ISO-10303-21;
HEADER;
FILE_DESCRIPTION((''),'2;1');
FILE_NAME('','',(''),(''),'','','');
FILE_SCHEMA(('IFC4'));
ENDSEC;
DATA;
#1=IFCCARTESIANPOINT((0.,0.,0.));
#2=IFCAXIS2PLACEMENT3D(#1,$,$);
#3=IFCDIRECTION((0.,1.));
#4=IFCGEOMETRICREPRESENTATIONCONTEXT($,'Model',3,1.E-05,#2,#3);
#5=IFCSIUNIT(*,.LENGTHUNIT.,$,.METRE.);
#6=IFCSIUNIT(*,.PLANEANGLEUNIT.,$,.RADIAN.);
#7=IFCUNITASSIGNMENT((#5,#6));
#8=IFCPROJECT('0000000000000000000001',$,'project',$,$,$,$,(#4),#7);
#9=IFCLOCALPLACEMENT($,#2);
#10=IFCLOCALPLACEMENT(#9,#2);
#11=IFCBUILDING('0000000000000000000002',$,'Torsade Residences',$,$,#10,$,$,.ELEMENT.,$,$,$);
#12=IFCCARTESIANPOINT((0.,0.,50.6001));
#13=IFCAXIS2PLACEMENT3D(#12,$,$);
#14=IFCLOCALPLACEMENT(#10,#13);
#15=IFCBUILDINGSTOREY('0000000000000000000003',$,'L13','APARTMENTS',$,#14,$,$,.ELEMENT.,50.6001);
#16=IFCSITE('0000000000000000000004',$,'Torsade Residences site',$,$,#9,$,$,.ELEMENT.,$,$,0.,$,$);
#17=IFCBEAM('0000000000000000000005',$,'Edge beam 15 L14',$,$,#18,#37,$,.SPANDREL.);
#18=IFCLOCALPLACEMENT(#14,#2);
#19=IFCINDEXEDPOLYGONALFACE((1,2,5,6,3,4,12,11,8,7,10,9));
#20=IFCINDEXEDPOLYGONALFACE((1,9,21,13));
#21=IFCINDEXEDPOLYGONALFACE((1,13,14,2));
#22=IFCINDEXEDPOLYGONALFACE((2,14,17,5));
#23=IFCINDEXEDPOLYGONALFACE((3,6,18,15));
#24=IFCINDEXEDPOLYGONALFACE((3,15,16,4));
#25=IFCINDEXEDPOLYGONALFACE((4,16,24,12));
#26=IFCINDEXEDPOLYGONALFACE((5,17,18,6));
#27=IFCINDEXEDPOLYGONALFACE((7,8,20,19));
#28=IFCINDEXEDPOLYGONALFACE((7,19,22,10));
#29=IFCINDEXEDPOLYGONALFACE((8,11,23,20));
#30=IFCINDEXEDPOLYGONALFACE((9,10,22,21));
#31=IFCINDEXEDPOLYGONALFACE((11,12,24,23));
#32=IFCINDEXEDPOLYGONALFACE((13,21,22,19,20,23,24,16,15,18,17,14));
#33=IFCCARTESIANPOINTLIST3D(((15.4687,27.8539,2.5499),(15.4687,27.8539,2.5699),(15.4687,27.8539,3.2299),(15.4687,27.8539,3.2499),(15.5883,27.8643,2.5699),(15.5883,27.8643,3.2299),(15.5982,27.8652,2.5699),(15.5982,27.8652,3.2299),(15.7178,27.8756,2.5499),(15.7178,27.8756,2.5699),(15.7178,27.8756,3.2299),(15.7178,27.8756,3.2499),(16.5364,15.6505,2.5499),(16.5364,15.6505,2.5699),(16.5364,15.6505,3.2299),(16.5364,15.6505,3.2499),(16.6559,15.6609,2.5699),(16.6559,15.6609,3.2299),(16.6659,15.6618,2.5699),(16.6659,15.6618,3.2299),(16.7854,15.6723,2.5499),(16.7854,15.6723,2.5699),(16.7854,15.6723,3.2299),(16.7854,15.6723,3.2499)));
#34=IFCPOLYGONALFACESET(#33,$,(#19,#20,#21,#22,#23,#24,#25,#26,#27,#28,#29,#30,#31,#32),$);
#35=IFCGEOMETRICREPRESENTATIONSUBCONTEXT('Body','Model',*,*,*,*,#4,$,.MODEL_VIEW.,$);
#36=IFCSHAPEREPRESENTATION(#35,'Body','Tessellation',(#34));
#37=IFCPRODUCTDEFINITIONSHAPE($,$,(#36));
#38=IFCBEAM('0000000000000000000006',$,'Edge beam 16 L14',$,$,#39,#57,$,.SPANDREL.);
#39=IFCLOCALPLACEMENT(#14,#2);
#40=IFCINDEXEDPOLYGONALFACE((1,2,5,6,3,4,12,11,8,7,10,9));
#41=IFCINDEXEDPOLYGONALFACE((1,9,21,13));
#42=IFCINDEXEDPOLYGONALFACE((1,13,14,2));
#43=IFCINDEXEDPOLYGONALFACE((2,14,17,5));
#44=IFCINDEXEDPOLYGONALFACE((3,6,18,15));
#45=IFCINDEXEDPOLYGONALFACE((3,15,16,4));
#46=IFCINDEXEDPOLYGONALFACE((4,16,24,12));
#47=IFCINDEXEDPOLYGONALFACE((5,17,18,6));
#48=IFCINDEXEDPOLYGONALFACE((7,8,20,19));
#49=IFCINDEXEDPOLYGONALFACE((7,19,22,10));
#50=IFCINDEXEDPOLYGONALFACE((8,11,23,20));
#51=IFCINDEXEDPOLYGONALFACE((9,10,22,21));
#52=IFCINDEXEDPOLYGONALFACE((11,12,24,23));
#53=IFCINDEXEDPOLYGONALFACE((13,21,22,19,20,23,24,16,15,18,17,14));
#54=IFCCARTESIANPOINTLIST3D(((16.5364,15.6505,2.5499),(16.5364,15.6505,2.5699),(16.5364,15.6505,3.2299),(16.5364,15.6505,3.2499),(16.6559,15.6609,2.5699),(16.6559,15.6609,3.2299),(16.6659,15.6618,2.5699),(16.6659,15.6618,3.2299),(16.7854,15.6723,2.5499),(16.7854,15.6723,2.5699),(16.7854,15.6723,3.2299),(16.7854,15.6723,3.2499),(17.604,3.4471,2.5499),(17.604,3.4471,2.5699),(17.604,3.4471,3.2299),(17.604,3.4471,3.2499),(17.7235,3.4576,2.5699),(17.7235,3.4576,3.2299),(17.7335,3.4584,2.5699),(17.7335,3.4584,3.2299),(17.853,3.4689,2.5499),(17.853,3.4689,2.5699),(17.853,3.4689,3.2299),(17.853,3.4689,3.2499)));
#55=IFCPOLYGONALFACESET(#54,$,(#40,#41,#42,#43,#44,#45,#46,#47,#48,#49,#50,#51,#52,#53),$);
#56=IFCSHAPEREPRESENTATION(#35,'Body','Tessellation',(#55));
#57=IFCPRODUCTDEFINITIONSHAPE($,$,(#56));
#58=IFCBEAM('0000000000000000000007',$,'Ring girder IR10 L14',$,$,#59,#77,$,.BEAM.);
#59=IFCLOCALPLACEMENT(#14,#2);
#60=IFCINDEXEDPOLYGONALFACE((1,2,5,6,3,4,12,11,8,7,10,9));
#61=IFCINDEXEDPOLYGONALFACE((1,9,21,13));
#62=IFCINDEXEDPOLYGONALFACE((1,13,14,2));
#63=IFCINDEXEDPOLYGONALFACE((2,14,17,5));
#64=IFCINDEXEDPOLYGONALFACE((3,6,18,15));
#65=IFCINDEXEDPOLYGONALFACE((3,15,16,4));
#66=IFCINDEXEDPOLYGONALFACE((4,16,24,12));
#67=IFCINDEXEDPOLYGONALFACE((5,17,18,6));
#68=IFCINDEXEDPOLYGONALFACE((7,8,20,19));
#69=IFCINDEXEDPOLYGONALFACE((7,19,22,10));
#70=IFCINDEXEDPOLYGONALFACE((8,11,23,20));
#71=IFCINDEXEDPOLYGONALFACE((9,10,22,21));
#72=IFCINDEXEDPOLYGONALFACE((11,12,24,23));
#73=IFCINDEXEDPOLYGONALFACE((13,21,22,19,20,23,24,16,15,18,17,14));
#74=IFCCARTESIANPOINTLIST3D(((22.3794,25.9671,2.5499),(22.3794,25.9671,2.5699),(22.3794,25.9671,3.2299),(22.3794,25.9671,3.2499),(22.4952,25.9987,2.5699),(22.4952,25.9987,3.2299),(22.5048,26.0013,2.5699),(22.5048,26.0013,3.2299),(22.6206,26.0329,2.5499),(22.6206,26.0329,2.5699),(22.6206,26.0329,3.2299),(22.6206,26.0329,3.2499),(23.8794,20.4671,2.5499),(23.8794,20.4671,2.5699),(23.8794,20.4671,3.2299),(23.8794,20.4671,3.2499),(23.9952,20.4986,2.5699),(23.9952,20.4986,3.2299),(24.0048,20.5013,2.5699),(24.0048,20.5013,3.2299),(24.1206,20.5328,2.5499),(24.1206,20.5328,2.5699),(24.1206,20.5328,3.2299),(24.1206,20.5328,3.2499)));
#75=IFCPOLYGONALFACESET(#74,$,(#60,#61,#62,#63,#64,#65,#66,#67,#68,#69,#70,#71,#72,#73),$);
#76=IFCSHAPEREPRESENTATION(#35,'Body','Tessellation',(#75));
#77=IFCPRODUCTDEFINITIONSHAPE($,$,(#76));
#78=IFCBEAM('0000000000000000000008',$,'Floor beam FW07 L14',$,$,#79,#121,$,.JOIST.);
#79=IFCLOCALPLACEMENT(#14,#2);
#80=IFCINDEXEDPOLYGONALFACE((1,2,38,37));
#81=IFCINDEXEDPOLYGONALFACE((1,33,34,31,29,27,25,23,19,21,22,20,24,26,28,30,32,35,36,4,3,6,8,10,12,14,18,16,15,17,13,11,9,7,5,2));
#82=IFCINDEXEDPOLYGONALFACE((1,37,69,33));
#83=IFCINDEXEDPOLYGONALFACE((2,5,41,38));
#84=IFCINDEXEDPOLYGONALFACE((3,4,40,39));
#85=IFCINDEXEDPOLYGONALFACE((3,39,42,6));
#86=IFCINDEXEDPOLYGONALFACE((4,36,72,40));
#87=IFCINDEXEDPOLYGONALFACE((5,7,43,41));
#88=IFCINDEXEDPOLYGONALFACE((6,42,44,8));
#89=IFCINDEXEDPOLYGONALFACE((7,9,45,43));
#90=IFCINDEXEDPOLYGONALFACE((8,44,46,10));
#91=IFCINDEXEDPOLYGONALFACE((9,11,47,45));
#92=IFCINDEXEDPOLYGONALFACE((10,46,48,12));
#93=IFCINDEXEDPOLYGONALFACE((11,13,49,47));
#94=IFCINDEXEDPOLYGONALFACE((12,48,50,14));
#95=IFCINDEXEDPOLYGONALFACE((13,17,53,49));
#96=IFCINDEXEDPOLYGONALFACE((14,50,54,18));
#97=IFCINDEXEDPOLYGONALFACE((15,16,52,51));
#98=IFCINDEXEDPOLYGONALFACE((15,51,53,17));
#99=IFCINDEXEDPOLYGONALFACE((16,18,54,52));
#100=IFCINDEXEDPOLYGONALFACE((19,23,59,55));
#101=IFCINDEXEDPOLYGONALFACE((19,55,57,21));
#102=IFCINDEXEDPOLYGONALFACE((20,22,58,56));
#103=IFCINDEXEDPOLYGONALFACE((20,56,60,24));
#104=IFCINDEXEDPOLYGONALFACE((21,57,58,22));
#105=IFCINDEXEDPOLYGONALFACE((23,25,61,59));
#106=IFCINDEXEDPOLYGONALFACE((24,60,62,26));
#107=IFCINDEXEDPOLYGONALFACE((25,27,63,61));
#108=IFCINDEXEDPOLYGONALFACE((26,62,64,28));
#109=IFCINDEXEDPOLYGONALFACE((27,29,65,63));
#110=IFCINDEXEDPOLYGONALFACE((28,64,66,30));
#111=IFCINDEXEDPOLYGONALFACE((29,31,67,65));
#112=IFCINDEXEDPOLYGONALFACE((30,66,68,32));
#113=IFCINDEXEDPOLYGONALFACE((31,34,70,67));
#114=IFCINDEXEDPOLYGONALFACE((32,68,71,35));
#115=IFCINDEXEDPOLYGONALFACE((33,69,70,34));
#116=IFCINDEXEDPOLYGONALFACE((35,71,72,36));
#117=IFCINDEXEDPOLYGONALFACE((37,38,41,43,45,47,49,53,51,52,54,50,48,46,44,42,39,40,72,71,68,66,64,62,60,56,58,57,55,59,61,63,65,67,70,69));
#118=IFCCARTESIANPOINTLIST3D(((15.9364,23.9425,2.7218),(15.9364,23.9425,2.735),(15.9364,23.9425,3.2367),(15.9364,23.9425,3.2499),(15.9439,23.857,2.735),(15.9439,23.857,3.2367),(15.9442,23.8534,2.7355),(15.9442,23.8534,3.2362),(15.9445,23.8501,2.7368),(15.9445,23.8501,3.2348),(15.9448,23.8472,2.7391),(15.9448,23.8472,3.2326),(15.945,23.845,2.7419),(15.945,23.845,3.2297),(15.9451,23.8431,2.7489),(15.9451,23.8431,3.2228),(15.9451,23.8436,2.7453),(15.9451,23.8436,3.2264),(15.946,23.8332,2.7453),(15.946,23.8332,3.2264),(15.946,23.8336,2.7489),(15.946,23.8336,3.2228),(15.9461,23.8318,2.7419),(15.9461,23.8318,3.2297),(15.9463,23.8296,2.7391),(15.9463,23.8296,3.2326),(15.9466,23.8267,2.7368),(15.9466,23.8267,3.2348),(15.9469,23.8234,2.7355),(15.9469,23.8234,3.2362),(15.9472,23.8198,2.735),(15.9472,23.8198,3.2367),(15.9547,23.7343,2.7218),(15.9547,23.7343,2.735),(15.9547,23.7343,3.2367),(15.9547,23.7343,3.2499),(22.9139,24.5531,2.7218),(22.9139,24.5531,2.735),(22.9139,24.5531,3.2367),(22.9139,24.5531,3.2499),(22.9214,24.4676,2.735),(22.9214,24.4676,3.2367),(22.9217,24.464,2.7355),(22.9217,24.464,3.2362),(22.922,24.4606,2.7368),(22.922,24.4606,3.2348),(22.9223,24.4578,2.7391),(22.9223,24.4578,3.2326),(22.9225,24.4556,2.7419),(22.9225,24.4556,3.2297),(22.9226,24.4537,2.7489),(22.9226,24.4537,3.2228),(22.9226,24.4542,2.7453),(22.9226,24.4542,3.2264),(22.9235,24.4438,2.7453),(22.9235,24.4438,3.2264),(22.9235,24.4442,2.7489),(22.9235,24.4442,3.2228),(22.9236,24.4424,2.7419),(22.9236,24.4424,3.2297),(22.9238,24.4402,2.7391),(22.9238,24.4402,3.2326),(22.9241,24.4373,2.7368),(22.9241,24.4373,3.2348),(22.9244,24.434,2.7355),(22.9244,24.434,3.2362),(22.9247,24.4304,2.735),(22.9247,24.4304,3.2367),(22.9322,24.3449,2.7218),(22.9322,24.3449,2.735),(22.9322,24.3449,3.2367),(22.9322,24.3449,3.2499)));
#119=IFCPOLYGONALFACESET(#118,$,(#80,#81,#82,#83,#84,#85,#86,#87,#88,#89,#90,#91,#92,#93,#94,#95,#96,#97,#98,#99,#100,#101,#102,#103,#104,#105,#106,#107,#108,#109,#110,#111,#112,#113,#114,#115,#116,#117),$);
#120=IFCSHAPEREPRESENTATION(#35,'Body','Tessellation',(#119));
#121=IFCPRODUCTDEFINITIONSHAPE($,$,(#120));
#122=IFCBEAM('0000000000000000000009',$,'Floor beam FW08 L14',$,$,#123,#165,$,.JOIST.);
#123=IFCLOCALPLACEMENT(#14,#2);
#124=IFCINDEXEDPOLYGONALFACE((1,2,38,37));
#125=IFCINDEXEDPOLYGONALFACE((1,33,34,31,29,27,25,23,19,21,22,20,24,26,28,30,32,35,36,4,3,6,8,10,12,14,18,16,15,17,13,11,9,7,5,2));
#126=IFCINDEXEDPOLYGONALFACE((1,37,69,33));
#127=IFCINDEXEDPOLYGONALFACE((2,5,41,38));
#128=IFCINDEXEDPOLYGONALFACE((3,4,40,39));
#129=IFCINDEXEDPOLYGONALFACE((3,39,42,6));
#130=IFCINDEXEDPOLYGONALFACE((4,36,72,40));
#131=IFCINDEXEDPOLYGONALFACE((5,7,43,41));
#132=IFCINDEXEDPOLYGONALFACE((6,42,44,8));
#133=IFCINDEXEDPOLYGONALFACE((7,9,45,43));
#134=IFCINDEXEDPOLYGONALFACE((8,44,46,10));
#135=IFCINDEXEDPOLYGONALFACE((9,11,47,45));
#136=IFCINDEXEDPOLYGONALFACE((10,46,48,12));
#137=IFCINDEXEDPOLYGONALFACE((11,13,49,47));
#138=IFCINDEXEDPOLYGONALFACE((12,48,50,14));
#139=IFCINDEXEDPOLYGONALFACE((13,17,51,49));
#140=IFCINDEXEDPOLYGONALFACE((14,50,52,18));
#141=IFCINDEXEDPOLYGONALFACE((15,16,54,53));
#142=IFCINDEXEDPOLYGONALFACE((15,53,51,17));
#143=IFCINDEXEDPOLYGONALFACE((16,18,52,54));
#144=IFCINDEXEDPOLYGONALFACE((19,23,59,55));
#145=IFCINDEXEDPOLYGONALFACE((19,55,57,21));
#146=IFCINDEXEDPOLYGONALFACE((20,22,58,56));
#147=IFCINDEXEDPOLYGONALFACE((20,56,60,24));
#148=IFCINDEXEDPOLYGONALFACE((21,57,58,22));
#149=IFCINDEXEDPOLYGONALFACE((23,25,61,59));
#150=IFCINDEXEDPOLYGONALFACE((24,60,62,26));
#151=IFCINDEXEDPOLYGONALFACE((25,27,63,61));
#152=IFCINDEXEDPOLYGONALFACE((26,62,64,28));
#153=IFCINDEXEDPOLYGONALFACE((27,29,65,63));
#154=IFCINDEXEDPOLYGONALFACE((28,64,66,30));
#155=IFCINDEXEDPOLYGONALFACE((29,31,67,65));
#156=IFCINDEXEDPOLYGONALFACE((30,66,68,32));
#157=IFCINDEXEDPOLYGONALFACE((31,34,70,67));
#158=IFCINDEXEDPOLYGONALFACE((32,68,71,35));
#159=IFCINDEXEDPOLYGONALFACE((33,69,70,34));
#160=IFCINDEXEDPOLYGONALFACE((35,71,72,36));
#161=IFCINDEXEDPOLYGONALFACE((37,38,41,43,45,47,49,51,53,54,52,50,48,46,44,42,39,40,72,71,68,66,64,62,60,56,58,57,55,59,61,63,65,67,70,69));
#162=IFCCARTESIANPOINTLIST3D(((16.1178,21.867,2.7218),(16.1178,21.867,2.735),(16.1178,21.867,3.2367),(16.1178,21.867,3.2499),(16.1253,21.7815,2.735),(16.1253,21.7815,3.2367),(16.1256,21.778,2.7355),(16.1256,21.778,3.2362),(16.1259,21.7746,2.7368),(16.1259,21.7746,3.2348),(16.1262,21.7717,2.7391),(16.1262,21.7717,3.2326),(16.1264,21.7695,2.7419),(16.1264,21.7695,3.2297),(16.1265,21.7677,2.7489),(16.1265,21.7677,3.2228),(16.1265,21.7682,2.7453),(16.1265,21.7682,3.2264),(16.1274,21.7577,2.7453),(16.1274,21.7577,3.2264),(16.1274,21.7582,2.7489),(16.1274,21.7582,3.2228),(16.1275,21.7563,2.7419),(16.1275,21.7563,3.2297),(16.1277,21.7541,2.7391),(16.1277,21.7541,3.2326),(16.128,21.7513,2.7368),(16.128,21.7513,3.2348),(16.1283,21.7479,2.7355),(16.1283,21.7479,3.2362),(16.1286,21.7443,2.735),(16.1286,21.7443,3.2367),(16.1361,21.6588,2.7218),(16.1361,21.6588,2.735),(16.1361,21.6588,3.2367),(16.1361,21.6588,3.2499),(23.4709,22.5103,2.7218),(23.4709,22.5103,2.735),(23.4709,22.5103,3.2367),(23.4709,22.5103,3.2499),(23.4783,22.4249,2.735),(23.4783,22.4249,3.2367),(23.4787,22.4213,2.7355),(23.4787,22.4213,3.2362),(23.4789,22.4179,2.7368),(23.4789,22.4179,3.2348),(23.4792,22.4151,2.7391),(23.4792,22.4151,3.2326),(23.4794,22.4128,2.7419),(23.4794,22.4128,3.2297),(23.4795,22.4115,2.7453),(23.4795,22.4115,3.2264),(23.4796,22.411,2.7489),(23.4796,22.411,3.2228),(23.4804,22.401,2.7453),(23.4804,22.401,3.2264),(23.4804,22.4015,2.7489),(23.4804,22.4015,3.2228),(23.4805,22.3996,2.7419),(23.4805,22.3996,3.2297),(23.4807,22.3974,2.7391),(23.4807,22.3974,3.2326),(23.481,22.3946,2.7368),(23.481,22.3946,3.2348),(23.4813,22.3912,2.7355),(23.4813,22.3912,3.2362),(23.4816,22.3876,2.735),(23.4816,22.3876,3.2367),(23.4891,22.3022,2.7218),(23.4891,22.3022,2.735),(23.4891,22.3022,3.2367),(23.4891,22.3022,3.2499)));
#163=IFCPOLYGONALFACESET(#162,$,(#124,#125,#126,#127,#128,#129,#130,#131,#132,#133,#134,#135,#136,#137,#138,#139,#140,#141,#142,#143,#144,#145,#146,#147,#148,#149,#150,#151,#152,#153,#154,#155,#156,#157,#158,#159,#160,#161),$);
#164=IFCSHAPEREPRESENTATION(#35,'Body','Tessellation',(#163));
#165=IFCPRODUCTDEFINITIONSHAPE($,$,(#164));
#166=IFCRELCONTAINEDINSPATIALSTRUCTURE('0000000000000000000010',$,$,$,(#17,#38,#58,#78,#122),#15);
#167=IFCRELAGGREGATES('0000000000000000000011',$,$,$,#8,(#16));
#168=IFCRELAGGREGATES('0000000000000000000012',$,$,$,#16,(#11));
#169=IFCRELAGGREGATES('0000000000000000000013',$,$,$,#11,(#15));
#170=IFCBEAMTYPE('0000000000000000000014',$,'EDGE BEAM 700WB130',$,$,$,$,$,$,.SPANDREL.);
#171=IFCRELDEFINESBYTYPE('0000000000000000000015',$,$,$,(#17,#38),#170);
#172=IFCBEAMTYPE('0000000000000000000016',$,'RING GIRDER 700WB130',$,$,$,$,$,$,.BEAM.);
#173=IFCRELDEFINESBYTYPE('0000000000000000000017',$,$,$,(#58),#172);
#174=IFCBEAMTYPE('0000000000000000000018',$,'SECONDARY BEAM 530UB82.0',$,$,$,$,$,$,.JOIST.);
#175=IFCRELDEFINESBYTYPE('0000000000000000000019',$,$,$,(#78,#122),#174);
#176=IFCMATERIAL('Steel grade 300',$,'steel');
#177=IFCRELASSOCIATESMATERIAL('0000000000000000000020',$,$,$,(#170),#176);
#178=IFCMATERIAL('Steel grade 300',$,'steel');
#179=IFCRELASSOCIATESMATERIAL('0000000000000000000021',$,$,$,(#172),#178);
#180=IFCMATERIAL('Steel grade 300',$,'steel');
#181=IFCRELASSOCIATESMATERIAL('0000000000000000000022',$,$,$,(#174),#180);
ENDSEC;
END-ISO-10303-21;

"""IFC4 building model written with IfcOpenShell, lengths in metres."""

from ifc_helpers import new_model, si_unit, direction, frame, origin, origin_2d, place, context, subcontext, project, spatial, i_section, extrude, material, material_profile, profile_set, type_object, element, save


model = new_model("IFC4")

# Units and contexts
model_context = context("Model", 3, precision=1e-05, world=origin(), true_north=direction((0.0, 1.0)))
body_context = subcontext(model_context, "Body", "Model", "MODEL_VIEW")
ifc_project = project(units=[si_unit("LENGTHUNIT", "METRE"), si_unit("PLANEANGLEUNIT", "RADIAN")], contexts=[model_context])

# Site, building, storey
site_placement = place(None, origin())
site = spatial("IfcSite", under=ifc_project, at=site_placement, Name="Torsade Residences site", CompositionType="ELEMENT", RefElevation=0.0)
building_placement = place(site_placement, origin())
building = spatial("IfcBuilding", under=site, at=building_placement, Name="Torsade Residences", CompositionType="ELEMENT")
storey_placement = place(building_placement, frame((0.0, 0.0, 50.6001)))
storey = spatial("IfcBuildingStorey", under=building, at=storey_placement, Name="L13", Description="APARTMENTS", CompositionType="ELEMENT", Elevation=50.6001)

# Beams
ifc_material_1 = material(Name="Steel grade 300", Category="steel")
ifc_material_profile_1 = material_profile(ifc_material_1, i_section(OverallWidth=0.25, OverallDepth=0.7, WebThickness=0.01, FlangeThickness=0.02, at=origin_2d()), Name="700WB130")
ifc_profile_set_1 = profile_set([ifc_material_profile_1], Name="Steel grade 300")
beam_type_1 = type_object("IfcBeamType", Name="EDGE BEAM 700WB130", PredefinedType="SPANDREL", material=ifc_profile_set_1)
for number, where, z_axis, x_axis, name in (
    (1, (15.5933, 27.8647, 2.8999), (0.087153, -0.996195, 0.0), (0.996195, 0.087153, 0.0), "Edge beam 15 L14"),
    (2, (16.6609, 15.6614, 2.8999), (0.087153, -0.996195, 0.0), (0.996195, 0.087153, 0.0), "Edge beam 16 L14"),
):
    element("IfcBeam", number, at=place(storey_placement, frame(where, z_axis=z_axis, x_axis=x_axis)), inside=storey, type_object=beam_type_1, Name=name, PredefinedType="SPANDREL", context=body_context, shape_type="SweptSolid", body=[
        extrude(i_section(OverallWidth=0.25, OverallDepth=0.7, WebThickness=0.01, FlangeThickness=0.02, at=origin_2d()), origin(), (0.0, 0.0, 1.0), 12.25),
    ])
ifc_material_2 = material(Name="Steel grade 300", Category="steel")
ifc_material_profile_2 = material_profile(ifc_material_2, i_section(OverallWidth=0.25, OverallDepth=0.7, WebThickness=0.01, FlangeThickness=0.02, at=origin_2d()), Name="700WB130")
ifc_profile_set_2 = profile_set([ifc_material_profile_2], Name="Steel grade 300")
beam_type_2 = type_object("IfcBeamType", Name="RING GIRDER 700WB130", PredefinedType="BEAM", material=ifc_profile_set_2)
beam_1_placement = place(storey_placement, frame((22.5, 26.0, 2.8999), z_axis=(0.263117, -0.964764, 0.0), x_axis=(0.964764, 0.263117, 0.0)))
element("IfcBeam", 3, at=beam_1_placement, inside=storey, type_object=beam_type_2, Name="Ring girder IR10 L14", PredefinedType="BEAM", context=body_context, shape_type="SweptSolid", body=[
    extrude(i_section(OverallWidth=0.25, OverallDepth=0.7, WebThickness=0.01, FlangeThickness=0.02, at=origin_2d()), origin(), (0.0, 0.0, 1.0), 5.7009),
])
ifc_material_3 = material(Name="Steel grade 300", Category="steel")
ifc_material_profile_3 = material_profile(ifc_material_3, i_section(OverallWidth=0.209, OverallDepth=0.5281, WebThickness=0.0095, FlangeThickness=0.0132, FilletRadius=0.0139, at=origin_2d()), Name="530UB82.0")
ifc_profile_set_3 = profile_set([ifc_material_profile_3], Name="Steel grade 300")
beam_type_3 = type_object("IfcBeamType", Name="SECONDARY BEAM 530UB82.0", PredefinedType="JOIST", material=ifc_profile_set_3)
beam_2_placement = place(storey_placement, frame((15.9456, 23.8384, 2.9858), z_axis=(0.996193, 0.087176, 0.0), x_axis=(-0.087176, 0.996193, 0.0)))
element("IfcBeam", 4, at=beam_2_placement, inside=storey, type_object=beam_type_3, Name="Floor beam FW07 L14", PredefinedType="JOIST", context=body_context, shape_type="SweptSolid", body=[
    extrude(i_section(OverallWidth=0.209, OverallDepth=0.5281, WebThickness=0.0095, FlangeThickness=0.0132, FilletRadius=0.0139, at=origin_2d()), origin(), (0.0, 0.0, 1.0), 7.0042),
])
beam_3_placement = place(storey_placement, frame((16.127, 21.7629, 2.9858), z_axis=(0.996195, 0.087156, 0.0), x_axis=(-0.087156, 0.996195, 0.0)))
element("IfcBeam", 5, at=beam_3_placement, inside=storey, type_object=beam_type_3, Name="Floor beam FW08 L14", PredefinedType="JOIST", context=body_context, shape_type="SweptSolid", body=[
    extrude(i_section(OverallWidth=0.209, OverallDepth=0.5281, WebThickness=0.0095, FlangeThickness=0.0132, FilletRadius=0.0139, at=origin_2d()), origin(), (0.0, 0.0, 1.0), 7.3811),
])

save(model, "model.ifc")
